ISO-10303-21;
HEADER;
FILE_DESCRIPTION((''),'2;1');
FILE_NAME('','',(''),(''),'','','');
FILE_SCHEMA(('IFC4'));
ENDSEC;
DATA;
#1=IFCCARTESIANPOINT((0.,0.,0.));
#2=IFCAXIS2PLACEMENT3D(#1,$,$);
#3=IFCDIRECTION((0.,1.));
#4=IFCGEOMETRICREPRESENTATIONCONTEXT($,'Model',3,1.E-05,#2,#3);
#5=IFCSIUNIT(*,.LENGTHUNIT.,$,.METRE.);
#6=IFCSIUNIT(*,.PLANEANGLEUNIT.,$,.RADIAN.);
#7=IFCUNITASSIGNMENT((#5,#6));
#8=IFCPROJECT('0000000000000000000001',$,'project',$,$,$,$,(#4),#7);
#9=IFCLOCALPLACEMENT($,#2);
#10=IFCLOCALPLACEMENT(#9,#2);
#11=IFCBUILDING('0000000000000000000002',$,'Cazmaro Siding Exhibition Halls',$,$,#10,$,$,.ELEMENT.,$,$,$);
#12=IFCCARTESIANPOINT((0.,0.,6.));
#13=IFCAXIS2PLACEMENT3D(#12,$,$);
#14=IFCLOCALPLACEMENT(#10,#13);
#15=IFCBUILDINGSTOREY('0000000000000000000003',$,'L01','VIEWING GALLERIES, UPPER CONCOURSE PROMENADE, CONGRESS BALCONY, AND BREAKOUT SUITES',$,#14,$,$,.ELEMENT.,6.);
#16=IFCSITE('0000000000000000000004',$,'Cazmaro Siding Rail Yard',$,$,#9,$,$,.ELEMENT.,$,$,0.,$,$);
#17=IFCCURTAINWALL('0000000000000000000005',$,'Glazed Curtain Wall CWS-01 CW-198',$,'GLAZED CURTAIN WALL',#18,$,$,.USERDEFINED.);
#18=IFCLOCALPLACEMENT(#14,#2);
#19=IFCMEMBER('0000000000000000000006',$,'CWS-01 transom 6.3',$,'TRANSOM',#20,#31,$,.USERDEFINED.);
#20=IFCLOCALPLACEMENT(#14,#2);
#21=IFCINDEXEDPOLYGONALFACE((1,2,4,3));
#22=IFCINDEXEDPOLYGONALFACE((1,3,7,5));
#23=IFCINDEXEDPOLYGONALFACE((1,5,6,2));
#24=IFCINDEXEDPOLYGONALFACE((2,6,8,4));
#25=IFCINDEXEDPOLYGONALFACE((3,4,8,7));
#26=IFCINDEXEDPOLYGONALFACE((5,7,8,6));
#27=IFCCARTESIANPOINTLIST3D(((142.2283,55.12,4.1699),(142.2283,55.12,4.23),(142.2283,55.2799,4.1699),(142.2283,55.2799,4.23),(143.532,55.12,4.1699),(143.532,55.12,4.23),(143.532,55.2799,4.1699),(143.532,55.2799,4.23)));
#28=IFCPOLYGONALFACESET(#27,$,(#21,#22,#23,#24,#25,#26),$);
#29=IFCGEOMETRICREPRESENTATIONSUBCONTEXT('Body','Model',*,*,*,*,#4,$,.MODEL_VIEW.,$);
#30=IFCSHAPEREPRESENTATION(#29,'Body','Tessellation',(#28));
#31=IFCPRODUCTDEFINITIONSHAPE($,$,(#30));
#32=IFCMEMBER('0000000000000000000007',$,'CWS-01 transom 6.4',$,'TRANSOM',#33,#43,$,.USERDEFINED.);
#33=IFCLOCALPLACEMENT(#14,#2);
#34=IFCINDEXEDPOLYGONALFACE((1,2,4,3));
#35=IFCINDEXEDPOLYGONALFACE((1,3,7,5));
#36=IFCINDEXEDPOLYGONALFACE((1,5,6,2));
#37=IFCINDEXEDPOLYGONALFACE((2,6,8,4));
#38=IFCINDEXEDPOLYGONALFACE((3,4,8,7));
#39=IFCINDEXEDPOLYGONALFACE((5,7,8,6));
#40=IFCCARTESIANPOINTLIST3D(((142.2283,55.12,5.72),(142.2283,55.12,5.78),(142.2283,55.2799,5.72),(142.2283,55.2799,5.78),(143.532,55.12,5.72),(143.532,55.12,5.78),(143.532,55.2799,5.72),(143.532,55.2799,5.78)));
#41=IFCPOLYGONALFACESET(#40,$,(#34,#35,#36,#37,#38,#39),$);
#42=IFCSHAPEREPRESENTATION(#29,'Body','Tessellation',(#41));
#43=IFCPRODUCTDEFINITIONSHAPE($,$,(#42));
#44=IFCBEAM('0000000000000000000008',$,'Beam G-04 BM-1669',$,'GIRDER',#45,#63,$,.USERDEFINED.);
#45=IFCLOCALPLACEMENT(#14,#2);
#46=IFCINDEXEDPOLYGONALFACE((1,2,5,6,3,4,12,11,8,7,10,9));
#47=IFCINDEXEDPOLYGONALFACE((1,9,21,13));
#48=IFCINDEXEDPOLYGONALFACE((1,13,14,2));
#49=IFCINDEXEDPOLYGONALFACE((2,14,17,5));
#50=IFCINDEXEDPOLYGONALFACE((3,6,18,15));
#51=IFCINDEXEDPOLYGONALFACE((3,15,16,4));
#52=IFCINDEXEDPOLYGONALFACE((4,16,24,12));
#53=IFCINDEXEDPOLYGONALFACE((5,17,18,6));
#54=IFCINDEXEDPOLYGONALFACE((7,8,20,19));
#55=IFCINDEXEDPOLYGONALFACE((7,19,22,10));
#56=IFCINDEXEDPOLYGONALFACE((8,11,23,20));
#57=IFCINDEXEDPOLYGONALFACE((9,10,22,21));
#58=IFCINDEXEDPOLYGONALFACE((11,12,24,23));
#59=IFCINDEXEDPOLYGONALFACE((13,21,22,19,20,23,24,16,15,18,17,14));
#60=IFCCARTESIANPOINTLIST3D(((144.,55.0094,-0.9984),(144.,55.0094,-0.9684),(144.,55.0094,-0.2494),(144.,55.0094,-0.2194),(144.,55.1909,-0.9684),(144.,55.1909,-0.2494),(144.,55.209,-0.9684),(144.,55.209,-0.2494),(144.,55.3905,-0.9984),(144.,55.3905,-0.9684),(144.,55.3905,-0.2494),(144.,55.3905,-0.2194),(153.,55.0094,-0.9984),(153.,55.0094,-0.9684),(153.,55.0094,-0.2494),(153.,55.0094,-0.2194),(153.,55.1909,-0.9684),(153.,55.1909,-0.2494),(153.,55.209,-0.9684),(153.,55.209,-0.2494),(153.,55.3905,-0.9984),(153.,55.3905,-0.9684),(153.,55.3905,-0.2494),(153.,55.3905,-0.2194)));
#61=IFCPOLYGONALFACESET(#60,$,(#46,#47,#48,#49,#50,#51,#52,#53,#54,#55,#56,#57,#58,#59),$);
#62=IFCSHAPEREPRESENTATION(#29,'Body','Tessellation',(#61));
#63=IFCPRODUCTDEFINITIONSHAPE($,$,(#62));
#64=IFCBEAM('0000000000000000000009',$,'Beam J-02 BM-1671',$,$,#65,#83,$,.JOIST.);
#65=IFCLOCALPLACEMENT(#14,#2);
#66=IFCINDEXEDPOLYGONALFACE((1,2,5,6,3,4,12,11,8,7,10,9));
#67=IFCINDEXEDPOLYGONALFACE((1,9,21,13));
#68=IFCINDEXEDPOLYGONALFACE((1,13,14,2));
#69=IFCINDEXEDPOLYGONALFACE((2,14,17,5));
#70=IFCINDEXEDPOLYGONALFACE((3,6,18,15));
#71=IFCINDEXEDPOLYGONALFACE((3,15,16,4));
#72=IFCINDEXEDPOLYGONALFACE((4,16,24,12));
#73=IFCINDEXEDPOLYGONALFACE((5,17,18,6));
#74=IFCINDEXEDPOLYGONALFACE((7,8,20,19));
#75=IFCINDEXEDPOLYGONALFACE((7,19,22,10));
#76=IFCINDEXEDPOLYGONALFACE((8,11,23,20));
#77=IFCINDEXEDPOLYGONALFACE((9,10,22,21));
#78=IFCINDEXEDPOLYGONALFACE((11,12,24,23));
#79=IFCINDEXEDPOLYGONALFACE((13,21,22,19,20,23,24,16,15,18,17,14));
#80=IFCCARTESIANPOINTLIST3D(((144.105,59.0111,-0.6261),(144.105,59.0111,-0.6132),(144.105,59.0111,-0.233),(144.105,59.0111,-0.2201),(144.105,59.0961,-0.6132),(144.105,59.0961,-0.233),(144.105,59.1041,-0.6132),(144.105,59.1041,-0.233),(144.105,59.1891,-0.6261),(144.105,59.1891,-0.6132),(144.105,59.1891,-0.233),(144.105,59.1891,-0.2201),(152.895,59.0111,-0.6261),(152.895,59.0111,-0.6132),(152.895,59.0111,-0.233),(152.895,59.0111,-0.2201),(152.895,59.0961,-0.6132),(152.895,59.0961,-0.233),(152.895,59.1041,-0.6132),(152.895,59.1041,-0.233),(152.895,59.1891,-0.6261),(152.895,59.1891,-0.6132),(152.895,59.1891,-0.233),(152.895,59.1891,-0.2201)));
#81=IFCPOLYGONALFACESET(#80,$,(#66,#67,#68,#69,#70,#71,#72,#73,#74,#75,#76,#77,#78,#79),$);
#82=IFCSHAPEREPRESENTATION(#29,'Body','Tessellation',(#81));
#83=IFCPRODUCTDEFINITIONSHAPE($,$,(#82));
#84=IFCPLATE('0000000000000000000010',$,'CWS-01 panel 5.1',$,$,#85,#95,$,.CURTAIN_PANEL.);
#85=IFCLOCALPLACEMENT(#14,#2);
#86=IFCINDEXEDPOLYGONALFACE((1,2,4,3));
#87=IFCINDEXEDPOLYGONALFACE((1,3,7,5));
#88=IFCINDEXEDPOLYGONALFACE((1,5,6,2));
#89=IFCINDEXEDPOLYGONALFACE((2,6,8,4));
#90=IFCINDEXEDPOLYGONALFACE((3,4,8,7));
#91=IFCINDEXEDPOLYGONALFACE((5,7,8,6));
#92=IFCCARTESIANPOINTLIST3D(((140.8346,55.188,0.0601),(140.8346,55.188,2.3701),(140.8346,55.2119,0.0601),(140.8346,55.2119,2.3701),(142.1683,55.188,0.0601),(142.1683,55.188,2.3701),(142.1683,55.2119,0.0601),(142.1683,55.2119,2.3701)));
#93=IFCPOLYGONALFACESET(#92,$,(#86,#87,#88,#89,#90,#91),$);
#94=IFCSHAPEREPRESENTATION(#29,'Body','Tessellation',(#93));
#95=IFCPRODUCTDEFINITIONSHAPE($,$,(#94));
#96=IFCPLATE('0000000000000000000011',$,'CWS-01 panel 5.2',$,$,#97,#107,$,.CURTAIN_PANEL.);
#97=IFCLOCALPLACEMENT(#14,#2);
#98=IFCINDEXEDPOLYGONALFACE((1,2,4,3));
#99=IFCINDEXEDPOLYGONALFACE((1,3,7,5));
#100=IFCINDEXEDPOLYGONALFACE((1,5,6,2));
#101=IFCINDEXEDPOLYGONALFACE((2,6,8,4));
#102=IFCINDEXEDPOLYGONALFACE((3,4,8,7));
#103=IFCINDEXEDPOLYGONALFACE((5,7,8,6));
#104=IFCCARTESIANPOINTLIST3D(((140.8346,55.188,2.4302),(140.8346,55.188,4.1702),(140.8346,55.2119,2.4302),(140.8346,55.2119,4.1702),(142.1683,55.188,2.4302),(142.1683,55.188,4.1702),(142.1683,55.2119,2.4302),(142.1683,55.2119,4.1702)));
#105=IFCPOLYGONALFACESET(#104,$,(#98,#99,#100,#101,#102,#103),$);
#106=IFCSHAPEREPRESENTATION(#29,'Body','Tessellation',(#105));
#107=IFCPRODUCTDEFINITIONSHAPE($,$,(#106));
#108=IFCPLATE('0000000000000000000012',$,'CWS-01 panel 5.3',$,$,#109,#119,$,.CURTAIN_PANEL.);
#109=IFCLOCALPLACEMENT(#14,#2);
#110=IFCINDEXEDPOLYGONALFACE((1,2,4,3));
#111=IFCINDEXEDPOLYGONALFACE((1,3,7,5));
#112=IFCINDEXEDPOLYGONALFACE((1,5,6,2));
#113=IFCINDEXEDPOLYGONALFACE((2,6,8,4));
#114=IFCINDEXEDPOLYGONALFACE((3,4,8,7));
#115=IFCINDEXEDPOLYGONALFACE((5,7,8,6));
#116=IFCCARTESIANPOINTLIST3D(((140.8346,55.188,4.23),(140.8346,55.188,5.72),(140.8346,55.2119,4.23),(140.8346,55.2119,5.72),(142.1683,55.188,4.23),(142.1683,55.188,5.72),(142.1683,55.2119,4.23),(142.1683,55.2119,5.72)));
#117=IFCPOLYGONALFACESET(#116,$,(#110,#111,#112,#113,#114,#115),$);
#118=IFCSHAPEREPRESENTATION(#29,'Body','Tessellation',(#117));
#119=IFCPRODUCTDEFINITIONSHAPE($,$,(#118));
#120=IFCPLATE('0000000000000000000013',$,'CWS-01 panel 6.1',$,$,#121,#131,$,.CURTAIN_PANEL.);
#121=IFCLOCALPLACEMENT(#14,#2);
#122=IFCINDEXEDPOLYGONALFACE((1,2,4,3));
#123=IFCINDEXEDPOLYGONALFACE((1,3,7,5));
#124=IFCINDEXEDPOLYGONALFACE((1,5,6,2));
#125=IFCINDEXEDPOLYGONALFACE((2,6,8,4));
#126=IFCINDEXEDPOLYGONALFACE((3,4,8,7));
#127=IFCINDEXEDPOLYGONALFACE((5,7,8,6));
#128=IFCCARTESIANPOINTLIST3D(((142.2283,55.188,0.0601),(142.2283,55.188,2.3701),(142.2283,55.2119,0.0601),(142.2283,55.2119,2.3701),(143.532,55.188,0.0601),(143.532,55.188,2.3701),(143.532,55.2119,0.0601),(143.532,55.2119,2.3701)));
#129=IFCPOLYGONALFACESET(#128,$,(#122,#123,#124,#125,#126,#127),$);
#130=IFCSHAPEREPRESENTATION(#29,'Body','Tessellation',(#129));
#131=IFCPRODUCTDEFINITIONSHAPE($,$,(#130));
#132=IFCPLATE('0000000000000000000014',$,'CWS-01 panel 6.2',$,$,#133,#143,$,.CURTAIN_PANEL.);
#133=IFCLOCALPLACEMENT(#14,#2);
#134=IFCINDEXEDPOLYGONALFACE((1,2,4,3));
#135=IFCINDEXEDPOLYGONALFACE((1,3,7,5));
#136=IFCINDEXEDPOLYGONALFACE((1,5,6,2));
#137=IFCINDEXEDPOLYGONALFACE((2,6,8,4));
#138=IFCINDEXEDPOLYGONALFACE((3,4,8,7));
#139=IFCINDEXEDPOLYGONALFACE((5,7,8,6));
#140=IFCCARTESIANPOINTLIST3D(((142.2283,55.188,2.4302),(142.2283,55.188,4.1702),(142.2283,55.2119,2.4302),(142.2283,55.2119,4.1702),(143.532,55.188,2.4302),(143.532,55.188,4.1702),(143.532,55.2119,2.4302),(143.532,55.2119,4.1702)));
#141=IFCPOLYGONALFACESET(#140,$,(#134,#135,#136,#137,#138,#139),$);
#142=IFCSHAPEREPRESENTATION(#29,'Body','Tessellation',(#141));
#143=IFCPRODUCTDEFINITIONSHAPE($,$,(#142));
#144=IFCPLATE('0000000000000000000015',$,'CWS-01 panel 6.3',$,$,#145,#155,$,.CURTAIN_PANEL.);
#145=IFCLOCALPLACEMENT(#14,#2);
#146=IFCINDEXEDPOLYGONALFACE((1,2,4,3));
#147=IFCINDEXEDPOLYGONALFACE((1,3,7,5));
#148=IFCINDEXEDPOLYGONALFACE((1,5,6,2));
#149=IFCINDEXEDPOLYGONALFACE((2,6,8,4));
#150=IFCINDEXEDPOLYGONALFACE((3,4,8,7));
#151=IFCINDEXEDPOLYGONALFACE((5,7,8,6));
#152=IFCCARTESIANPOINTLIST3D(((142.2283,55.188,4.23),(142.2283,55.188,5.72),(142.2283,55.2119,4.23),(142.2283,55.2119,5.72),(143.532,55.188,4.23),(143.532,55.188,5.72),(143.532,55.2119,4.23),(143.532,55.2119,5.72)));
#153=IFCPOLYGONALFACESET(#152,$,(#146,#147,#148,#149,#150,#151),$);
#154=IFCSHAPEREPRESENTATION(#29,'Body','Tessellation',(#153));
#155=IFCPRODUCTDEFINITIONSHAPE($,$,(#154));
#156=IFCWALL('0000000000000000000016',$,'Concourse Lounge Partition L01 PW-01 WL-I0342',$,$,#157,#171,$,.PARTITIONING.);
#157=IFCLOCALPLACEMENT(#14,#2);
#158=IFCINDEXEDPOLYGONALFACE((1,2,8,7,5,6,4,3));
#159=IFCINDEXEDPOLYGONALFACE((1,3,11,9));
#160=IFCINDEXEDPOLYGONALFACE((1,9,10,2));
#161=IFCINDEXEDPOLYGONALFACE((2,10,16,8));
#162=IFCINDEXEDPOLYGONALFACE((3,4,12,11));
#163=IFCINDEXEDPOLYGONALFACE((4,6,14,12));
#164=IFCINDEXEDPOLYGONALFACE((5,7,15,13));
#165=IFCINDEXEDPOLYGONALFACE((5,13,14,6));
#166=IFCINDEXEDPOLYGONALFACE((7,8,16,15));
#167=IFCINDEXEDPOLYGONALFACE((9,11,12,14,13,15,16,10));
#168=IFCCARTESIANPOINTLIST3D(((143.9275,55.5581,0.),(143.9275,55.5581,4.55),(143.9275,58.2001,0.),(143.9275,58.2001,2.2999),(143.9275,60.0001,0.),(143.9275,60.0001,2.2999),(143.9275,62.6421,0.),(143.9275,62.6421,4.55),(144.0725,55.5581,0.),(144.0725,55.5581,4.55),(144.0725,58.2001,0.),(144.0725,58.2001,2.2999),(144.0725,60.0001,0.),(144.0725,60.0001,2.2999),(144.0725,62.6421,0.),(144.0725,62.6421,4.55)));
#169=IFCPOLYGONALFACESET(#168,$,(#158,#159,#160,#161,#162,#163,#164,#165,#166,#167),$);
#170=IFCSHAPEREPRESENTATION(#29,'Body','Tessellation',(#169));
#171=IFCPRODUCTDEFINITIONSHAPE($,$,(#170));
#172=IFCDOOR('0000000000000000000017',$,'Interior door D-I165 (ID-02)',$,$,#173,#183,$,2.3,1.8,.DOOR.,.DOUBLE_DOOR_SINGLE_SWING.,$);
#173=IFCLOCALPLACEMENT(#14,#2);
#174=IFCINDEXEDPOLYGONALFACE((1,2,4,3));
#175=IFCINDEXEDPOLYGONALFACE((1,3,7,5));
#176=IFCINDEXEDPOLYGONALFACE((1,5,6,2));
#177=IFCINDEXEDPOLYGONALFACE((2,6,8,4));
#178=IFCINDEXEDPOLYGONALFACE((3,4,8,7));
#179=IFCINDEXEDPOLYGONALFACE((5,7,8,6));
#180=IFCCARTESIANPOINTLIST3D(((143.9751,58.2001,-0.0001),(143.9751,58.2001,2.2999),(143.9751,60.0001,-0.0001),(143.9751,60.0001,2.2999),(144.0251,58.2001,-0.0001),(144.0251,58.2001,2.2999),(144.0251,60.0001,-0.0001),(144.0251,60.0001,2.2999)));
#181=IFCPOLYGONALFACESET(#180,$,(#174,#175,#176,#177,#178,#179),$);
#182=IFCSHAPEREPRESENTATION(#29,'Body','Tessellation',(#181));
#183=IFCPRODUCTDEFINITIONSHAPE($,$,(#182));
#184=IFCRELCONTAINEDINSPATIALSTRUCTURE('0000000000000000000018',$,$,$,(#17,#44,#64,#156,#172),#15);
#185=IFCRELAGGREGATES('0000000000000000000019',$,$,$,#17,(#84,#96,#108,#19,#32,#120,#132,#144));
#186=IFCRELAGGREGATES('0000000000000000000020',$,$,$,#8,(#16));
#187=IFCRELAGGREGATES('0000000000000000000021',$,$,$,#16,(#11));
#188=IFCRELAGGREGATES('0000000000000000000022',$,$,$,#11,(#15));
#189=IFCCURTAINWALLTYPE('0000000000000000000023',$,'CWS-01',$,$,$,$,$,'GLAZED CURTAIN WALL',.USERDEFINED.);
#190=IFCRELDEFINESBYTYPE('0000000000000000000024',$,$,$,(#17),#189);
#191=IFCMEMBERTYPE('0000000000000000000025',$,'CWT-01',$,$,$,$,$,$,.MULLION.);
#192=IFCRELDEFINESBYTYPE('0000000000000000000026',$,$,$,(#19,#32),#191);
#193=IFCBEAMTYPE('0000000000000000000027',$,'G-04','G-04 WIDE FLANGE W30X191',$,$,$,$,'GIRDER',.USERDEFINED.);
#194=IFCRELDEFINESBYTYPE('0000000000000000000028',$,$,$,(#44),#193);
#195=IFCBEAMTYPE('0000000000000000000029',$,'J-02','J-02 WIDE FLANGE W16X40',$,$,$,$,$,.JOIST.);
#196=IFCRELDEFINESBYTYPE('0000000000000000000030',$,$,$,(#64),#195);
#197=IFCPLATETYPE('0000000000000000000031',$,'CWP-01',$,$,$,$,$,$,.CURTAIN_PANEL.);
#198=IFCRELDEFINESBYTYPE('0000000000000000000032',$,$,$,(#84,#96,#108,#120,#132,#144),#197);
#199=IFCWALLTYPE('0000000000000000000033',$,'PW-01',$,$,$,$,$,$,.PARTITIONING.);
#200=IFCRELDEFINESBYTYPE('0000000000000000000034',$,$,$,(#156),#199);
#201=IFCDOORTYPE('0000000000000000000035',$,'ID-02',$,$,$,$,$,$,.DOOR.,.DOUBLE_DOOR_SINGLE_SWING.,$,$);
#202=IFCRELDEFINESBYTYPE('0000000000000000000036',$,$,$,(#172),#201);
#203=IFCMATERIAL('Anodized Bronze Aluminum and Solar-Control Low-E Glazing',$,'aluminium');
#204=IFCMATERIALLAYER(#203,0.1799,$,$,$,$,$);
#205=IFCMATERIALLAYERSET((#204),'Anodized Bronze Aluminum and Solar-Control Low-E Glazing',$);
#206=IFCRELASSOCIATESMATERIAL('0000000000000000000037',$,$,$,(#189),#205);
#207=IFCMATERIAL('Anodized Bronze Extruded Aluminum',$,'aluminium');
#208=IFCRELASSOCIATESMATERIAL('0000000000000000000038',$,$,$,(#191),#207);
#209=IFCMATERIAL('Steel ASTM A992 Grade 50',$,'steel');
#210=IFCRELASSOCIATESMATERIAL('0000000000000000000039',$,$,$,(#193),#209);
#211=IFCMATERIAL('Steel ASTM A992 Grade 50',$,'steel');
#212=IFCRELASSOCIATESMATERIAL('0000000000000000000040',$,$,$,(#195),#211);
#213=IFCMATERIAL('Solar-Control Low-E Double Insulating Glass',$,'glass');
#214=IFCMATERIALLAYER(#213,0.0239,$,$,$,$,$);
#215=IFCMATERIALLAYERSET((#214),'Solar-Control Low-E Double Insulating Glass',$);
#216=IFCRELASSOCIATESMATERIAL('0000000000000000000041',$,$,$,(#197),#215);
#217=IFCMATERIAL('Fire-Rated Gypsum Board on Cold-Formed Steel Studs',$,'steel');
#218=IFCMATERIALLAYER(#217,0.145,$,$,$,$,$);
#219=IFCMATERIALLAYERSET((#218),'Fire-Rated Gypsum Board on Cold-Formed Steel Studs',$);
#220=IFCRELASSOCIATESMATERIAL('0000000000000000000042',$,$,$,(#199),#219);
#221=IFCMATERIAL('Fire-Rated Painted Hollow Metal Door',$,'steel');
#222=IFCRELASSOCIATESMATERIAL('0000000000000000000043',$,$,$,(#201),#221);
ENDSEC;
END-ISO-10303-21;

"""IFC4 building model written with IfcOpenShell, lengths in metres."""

from ifc_helpers import new_model, si_unit, direction, frame, frame_2d, origin, origin_2d, place, context, subcontext, project, spatial, rectangle, i_section, extrude, material, layer, layer_set, material_profile, profile_set, type_object, element, fill, aggregate, save


model = new_model("IFC4")

# Units and contexts
model_context = context("Model", 3, precision=1e-05, world=origin(), true_north=direction((0.0, 1.0)))
body_context = subcontext(model_context, "Body", "Model", "MODEL_VIEW")
ifc_project = project(units=[si_unit("LENGTHUNIT", "METRE"), si_unit("PLANEANGLEUNIT", "RADIAN")], contexts=[model_context])

# Site, building, storey
site_placement = place(None, origin())
site = spatial("IfcSite", under=ifc_project, at=site_placement, Name="Cazmaro Siding Rail Yard", CompositionType="ELEMENT", RefElevation=0.0)
building_placement = place(site_placement, origin())
building = spatial("IfcBuilding", under=site, at=building_placement, Name="Cazmaro Siding Exhibition Halls", CompositionType="ELEMENT")
storey_placement = place(building_placement, frame((0.0, 0.0, 6.0)))
storey = spatial("IfcBuildingStorey", under=building, at=storey_placement, Name="L01", Description="VIEWING GALLERIES, UPPER CONCOURSE PROMENADE, CONGRESS BALCONY, AND BREAKOUT SUITES", CompositionType="ELEMENT", Elevation=6.0)

# Curtain wall, members
ifc_material_1 = material(Name="Anodized Bronze Aluminum and Solar-Control Low-E Glazing", Category="aluminium")
ifc_layer_1 = layer(ifc_material_1, 0.1799)
ifc_layer_set_1 = layer_set([ifc_layer_1], Name="Anodized Bronze Aluminum and Solar-Control Low-E Glazing")
curtain_wall_type = type_object("IfcCurtainWallType", Name="CWS-01", ElementType="GLAZED CURTAIN WALL", PredefinedType="USERDEFINED", material=ifc_layer_set_1)
curtain_wall_placement = place(storey_placement, origin())
curtain_wall = element("IfcCurtainWall", 1, at=curtain_wall_placement, inside=storey, type_object=curtain_wall_type, Name="Glazed Curtain Wall CWS-01 CW-198", ObjectType="GLAZED CURTAIN WALL", PredefinedType="USERDEFINED")
ifc_material_2 = material(Name="Anodized Bronze Extruded Aluminum", Category="aluminium")
ifc_material_profile_1 = material_profile(ifc_material_2, rectangle(XDim=0.1599, YDim=0.0601, at=origin_2d()), Name="CWT-01")
ifc_profile_set_1 = profile_set([ifc_material_profile_1], Name="Anodized Bronze Extruded Aluminum")
member_type_1 = type_object("IfcMemberType", Name="CWT-01", PredefinedType="MULLION", material=ifc_profile_set_1)
member_1_placement = place(storey_placement, frame((142.2283, 55.2, 4.2), z_axis=(1.0, 0.0, 0.0), x_axis=(0.0, 1.0, 0.0)))
member_1 = element("IfcMember", 2, at=member_1_placement, type_object=member_type_1, Name="CWS-01 transom 6.3", ObjectType="TRANSOM", PredefinedType="USERDEFINED", context=body_context, shape_type="SweptSolid", body=[
    extrude(rectangle(XDim=0.1599, YDim=0.0601, at=origin_2d()), origin(), (0.0, 0.0, 1.0), 1.3037),
])
member_2_placement = place(storey_placement, frame((142.2283, 55.2, 5.75), z_axis=(1.0, 0.0, 0.0), x_axis=(0.0, 1.0, 0.0)))
member_2 = element("IfcMember", 3, at=member_2_placement, type_object=member_type_1, Name="CWS-01 transom 6.4", ObjectType="TRANSOM", PredefinedType="USERDEFINED", context=body_context, shape_type="SweptSolid", body=[
    extrude(rectangle(XDim=0.1599, YDim=0.0601, at=origin_2d()), origin(), (0.0, 0.0, 1.0), 1.3037),
])

# Beams
ifc_material_3 = material(Name="Steel ASTM A992 Grade 50", Category="steel")
ifc_material_profile_2 = material_profile(ifc_material_3, i_section(OverallWidth=0.3811, OverallDepth=0.7791, WebThickness=0.0181, FlangeThickness=0.03, at=origin_2d()), Name="W30X191")
ifc_profile_set_2 = profile_set([ifc_material_profile_2], Name="Steel ASTM A992 Grade 50")
beam_type_1 = type_object("IfcBeamType", Name="G-04", Description="G-04 WIDE FLANGE W30X191", ElementType="GIRDER", PredefinedType="USERDEFINED", material=ifc_profile_set_2)
beam_1_placement = place(storey_placement, frame((144.0, 55.2, -0.6089), z_axis=(1.0, 0.0, 0.0), x_axis=(0.0, 1.0, 0.0)))
element("IfcBeam", 4, at=beam_1_placement, inside=storey, type_object=beam_type_1, Name="Beam G-04 BM-1669", ObjectType="GIRDER", PredefinedType="USERDEFINED", context=body_context, shape_type="SweptSolid", body=[
    extrude(i_section(OverallWidth=0.3811, OverallDepth=0.7791, WebThickness=0.0181, FlangeThickness=0.03, at=origin_2d()), origin(), (0.0, 0.0, 1.0), 9.0),
])
ifc_material_4 = material(Name="Steel ASTM A992 Grade 50", Category="steel")
ifc_material_profile_3 = material_profile(ifc_material_4, i_section(OverallWidth=0.178, OverallDepth=0.406, WebThickness=0.0081, FlangeThickness=0.0129, at=origin_2d()), Name="W16X40")
ifc_profile_set_3 = profile_set([ifc_material_profile_3], Name="Steel ASTM A992 Grade 50")
beam_type_2 = type_object("IfcBeamType", Name="J-02", Description="J-02 WIDE FLANGE W16X40", PredefinedType="JOIST", material=ifc_profile_set_3)
beam_2_placement = place(storey_placement, frame((144.105, 59.1001, -0.4231), z_axis=(1.0, 0.0, 0.0), x_axis=(0.0, 1.0, 0.0)))
element("IfcBeam", 5, at=beam_2_placement, inside=storey, type_object=beam_type_2, Name="Beam J-02 BM-1671", PredefinedType="JOIST", context=body_context, shape_type="SweptSolid", body=[
    extrude(i_section(OverallWidth=0.178, OverallDepth=0.406, WebThickness=0.0081, FlangeThickness=0.0129, at=origin_2d()), origin(), (0.0, 0.0, 1.0), 8.79),
])

# Plates
ifc_material_5 = material(Name="Solar-Control Low-E Double Insulating Glass", Category="glass")
ifc_layer_2 = layer(ifc_material_5, 0.0239)
ifc_layer_set_2 = layer_set([ifc_layer_2], Name="Solar-Control Low-E Double Insulating Glass")
plate_type = type_object("IfcPlateType", Name="CWP-01", PredefinedType="CURTAIN_PANEL", material=ifc_layer_set_2)
plate_1_placement = place(storey_placement, frame((141.5015, 55.2, 0.0601), z_axis=(0.0, 0.0, 1.0), x_axis=(1.0, 0.0, 0.0)))
plate_1 = element("IfcPlate", 6, at=plate_1_placement, type_object=plate_type, Name="CWS-01 panel 5.1", PredefinedType="CURTAIN_PANEL", context=body_context, shape_type="SweptSolid", body=[
    extrude(rectangle(XDim=1.3337, YDim=0.0239, at=origin_2d()), origin(), (0.0, 0.0, 1.0), 2.3101),
])
plate_2_placement = place(storey_placement, frame((141.5015, 55.2, 2.4302), z_axis=(0.0, 0.0, 1.0), x_axis=(1.0, 0.0, 0.0)))
plate_2 = element("IfcPlate", 7, at=plate_2_placement, type_object=plate_type, Name="CWS-01 panel 5.2", PredefinedType="CURTAIN_PANEL", context=body_context, shape_type="SweptSolid", body=[
    extrude(rectangle(XDim=1.3337, YDim=0.0239, at=origin_2d()), origin(), (0.0, 0.0, 1.0), 1.74),
])
plate_3_placement = place(storey_placement, frame((141.5015, 55.2, 4.23), z_axis=(0.0, 0.0, 1.0), x_axis=(1.0, 0.0, 0.0)))
plate_3 = element("IfcPlate", 8, at=plate_3_placement, type_object=plate_type, Name="CWS-01 panel 5.3", PredefinedType="CURTAIN_PANEL", context=body_context, shape_type="SweptSolid", body=[
    extrude(rectangle(XDim=1.3337, YDim=0.0239, at=origin_2d()), origin(), (0.0, 0.0, 1.0), 1.49),
])
plate_4_placement = place(storey_placement, frame((142.8801, 55.2, 0.0601), z_axis=(0.0, 0.0, 1.0), x_axis=(1.0, 0.0, 0.0)))
plate_4 = element("IfcPlate", 9, at=plate_4_placement, type_object=plate_type, Name="CWS-01 panel 6.1", PredefinedType="CURTAIN_PANEL", context=body_context, shape_type="SweptSolid", body=[
    extrude(rectangle(XDim=1.3037, YDim=0.0239, at=origin_2d()), origin(), (0.0, 0.0, 1.0), 2.3101),
])
plate_5_placement = place(storey_placement, frame((142.8801, 55.2, 2.4302), z_axis=(0.0, 0.0, 1.0), x_axis=(1.0, 0.0, 0.0)))
plate_5 = element("IfcPlate", 10, at=plate_5_placement, type_object=plate_type, Name="CWS-01 panel 6.2", PredefinedType="CURTAIN_PANEL", context=body_context, shape_type="SweptSolid", body=[
    extrude(rectangle(XDim=1.3037, YDim=0.0239, at=origin_2d()), origin(), (0.0, 0.0, 1.0), 1.74),
])
plate_6_placement = place(storey_placement, frame((142.8801, 55.2, 4.23), z_axis=(0.0, 0.0, 1.0), x_axis=(1.0, 0.0, 0.0)))
plate_6 = element("IfcPlate", 11, at=plate_6_placement, type_object=plate_type, Name="CWS-01 panel 6.3", PredefinedType="CURTAIN_PANEL", context=body_context, shape_type="SweptSolid", body=[
    extrude(rectangle(XDim=1.3037, YDim=0.0239, at=origin_2d()), origin(), (0.0, 0.0, 1.0), 1.49),
])
aggregate(curtain_wall, [plate_1, plate_2, plate_3, member_1, member_2, plate_4, plate_5, plate_6])

# Wall, opening, door
ifc_material_6 = material(Name="Fire-Rated Gypsum Board on Cold-Formed Steel Studs", Category="steel")
ifc_layer_3 = layer(ifc_material_6, 0.145)
ifc_layer_set_3 = layer_set([ifc_layer_3], Name="Fire-Rated Gypsum Board on Cold-Formed Steel Studs")
wall_type = type_object("IfcWallType", Name="PW-01", PredefinedType="PARTITIONING", material=ifc_layer_set_3)
wall_placement = place(storey_placement, frame((144.0, 55.5581, 0.0), z_axis=(0.0, 0.0, 1.0), x_axis=(0.0, 1.0, 0.0)))
wall = element("IfcWall", 12, at=wall_placement, inside=storey, type_object=wall_type, Name="Concourse Lounge Partition L01 PW-01 WL-I0342", PredefinedType="PARTITIONING", context=body_context, shape_type="SweptSolid", body=[
    extrude(rectangle(XDim=7.084, YDim=0.145, at=frame_2d((3.542, 0.0))), origin(), (0.0, 0.0, 1.0), 4.55),
])
opening_placement = place(wall_placement, frame((2.6421, 0.0, 0.0)))
opening = element("IfcOpeningElement", 13, at=opening_placement, cuts=wall, PredefinedType="OPENING", context=body_context, shape_type="SweptSolid", body=[
    extrude(rectangle(XDim=1.8, YDim=2.3, at=frame_2d((0.8999, 1.1499))), frame((0.0, 0.0825, 0.0), z_axis=(0.0, -1.0, 0.0), x_axis=(1.0, 0.0, 0.0)), (0.0, 0.0, 1.0), 0.165),
])
ifc_material_7 = material(Name="Fire-Rated Painted Hollow Metal Door", Category="steel")
door_type = type_object("IfcDoorType", Name="ID-02", OperationType="DOUBLE_DOOR_SINGLE_SWING", PredefinedType="DOOR", material=ifc_material_7)
door_placement = place(opening_placement, origin())
door = element("IfcDoor", 14, at=door_placement, inside=storey, type_object=door_type, Name="Interior door D-I165 (ID-02)", OperationType="DOUBLE_DOOR_SINGLE_SWING", OverallHeight=2.3, OverallWidth=1.8, PredefinedType="DOOR", context=body_context, shape_type="SweptSolid", body=[
    extrude(rectangle(XDim=1.8, YDim=2.3, at=frame_2d((0.8999, 1.1499))), frame((0.0, 0.0249, 0.0), z_axis=(0.0, -1.0, 0.0), x_axis=(1.0, 0.0, 0.0)), (0.0, 0.0, 1.0), 0.05),
])
fill(opening, door)

save(model, "model.ifc")
